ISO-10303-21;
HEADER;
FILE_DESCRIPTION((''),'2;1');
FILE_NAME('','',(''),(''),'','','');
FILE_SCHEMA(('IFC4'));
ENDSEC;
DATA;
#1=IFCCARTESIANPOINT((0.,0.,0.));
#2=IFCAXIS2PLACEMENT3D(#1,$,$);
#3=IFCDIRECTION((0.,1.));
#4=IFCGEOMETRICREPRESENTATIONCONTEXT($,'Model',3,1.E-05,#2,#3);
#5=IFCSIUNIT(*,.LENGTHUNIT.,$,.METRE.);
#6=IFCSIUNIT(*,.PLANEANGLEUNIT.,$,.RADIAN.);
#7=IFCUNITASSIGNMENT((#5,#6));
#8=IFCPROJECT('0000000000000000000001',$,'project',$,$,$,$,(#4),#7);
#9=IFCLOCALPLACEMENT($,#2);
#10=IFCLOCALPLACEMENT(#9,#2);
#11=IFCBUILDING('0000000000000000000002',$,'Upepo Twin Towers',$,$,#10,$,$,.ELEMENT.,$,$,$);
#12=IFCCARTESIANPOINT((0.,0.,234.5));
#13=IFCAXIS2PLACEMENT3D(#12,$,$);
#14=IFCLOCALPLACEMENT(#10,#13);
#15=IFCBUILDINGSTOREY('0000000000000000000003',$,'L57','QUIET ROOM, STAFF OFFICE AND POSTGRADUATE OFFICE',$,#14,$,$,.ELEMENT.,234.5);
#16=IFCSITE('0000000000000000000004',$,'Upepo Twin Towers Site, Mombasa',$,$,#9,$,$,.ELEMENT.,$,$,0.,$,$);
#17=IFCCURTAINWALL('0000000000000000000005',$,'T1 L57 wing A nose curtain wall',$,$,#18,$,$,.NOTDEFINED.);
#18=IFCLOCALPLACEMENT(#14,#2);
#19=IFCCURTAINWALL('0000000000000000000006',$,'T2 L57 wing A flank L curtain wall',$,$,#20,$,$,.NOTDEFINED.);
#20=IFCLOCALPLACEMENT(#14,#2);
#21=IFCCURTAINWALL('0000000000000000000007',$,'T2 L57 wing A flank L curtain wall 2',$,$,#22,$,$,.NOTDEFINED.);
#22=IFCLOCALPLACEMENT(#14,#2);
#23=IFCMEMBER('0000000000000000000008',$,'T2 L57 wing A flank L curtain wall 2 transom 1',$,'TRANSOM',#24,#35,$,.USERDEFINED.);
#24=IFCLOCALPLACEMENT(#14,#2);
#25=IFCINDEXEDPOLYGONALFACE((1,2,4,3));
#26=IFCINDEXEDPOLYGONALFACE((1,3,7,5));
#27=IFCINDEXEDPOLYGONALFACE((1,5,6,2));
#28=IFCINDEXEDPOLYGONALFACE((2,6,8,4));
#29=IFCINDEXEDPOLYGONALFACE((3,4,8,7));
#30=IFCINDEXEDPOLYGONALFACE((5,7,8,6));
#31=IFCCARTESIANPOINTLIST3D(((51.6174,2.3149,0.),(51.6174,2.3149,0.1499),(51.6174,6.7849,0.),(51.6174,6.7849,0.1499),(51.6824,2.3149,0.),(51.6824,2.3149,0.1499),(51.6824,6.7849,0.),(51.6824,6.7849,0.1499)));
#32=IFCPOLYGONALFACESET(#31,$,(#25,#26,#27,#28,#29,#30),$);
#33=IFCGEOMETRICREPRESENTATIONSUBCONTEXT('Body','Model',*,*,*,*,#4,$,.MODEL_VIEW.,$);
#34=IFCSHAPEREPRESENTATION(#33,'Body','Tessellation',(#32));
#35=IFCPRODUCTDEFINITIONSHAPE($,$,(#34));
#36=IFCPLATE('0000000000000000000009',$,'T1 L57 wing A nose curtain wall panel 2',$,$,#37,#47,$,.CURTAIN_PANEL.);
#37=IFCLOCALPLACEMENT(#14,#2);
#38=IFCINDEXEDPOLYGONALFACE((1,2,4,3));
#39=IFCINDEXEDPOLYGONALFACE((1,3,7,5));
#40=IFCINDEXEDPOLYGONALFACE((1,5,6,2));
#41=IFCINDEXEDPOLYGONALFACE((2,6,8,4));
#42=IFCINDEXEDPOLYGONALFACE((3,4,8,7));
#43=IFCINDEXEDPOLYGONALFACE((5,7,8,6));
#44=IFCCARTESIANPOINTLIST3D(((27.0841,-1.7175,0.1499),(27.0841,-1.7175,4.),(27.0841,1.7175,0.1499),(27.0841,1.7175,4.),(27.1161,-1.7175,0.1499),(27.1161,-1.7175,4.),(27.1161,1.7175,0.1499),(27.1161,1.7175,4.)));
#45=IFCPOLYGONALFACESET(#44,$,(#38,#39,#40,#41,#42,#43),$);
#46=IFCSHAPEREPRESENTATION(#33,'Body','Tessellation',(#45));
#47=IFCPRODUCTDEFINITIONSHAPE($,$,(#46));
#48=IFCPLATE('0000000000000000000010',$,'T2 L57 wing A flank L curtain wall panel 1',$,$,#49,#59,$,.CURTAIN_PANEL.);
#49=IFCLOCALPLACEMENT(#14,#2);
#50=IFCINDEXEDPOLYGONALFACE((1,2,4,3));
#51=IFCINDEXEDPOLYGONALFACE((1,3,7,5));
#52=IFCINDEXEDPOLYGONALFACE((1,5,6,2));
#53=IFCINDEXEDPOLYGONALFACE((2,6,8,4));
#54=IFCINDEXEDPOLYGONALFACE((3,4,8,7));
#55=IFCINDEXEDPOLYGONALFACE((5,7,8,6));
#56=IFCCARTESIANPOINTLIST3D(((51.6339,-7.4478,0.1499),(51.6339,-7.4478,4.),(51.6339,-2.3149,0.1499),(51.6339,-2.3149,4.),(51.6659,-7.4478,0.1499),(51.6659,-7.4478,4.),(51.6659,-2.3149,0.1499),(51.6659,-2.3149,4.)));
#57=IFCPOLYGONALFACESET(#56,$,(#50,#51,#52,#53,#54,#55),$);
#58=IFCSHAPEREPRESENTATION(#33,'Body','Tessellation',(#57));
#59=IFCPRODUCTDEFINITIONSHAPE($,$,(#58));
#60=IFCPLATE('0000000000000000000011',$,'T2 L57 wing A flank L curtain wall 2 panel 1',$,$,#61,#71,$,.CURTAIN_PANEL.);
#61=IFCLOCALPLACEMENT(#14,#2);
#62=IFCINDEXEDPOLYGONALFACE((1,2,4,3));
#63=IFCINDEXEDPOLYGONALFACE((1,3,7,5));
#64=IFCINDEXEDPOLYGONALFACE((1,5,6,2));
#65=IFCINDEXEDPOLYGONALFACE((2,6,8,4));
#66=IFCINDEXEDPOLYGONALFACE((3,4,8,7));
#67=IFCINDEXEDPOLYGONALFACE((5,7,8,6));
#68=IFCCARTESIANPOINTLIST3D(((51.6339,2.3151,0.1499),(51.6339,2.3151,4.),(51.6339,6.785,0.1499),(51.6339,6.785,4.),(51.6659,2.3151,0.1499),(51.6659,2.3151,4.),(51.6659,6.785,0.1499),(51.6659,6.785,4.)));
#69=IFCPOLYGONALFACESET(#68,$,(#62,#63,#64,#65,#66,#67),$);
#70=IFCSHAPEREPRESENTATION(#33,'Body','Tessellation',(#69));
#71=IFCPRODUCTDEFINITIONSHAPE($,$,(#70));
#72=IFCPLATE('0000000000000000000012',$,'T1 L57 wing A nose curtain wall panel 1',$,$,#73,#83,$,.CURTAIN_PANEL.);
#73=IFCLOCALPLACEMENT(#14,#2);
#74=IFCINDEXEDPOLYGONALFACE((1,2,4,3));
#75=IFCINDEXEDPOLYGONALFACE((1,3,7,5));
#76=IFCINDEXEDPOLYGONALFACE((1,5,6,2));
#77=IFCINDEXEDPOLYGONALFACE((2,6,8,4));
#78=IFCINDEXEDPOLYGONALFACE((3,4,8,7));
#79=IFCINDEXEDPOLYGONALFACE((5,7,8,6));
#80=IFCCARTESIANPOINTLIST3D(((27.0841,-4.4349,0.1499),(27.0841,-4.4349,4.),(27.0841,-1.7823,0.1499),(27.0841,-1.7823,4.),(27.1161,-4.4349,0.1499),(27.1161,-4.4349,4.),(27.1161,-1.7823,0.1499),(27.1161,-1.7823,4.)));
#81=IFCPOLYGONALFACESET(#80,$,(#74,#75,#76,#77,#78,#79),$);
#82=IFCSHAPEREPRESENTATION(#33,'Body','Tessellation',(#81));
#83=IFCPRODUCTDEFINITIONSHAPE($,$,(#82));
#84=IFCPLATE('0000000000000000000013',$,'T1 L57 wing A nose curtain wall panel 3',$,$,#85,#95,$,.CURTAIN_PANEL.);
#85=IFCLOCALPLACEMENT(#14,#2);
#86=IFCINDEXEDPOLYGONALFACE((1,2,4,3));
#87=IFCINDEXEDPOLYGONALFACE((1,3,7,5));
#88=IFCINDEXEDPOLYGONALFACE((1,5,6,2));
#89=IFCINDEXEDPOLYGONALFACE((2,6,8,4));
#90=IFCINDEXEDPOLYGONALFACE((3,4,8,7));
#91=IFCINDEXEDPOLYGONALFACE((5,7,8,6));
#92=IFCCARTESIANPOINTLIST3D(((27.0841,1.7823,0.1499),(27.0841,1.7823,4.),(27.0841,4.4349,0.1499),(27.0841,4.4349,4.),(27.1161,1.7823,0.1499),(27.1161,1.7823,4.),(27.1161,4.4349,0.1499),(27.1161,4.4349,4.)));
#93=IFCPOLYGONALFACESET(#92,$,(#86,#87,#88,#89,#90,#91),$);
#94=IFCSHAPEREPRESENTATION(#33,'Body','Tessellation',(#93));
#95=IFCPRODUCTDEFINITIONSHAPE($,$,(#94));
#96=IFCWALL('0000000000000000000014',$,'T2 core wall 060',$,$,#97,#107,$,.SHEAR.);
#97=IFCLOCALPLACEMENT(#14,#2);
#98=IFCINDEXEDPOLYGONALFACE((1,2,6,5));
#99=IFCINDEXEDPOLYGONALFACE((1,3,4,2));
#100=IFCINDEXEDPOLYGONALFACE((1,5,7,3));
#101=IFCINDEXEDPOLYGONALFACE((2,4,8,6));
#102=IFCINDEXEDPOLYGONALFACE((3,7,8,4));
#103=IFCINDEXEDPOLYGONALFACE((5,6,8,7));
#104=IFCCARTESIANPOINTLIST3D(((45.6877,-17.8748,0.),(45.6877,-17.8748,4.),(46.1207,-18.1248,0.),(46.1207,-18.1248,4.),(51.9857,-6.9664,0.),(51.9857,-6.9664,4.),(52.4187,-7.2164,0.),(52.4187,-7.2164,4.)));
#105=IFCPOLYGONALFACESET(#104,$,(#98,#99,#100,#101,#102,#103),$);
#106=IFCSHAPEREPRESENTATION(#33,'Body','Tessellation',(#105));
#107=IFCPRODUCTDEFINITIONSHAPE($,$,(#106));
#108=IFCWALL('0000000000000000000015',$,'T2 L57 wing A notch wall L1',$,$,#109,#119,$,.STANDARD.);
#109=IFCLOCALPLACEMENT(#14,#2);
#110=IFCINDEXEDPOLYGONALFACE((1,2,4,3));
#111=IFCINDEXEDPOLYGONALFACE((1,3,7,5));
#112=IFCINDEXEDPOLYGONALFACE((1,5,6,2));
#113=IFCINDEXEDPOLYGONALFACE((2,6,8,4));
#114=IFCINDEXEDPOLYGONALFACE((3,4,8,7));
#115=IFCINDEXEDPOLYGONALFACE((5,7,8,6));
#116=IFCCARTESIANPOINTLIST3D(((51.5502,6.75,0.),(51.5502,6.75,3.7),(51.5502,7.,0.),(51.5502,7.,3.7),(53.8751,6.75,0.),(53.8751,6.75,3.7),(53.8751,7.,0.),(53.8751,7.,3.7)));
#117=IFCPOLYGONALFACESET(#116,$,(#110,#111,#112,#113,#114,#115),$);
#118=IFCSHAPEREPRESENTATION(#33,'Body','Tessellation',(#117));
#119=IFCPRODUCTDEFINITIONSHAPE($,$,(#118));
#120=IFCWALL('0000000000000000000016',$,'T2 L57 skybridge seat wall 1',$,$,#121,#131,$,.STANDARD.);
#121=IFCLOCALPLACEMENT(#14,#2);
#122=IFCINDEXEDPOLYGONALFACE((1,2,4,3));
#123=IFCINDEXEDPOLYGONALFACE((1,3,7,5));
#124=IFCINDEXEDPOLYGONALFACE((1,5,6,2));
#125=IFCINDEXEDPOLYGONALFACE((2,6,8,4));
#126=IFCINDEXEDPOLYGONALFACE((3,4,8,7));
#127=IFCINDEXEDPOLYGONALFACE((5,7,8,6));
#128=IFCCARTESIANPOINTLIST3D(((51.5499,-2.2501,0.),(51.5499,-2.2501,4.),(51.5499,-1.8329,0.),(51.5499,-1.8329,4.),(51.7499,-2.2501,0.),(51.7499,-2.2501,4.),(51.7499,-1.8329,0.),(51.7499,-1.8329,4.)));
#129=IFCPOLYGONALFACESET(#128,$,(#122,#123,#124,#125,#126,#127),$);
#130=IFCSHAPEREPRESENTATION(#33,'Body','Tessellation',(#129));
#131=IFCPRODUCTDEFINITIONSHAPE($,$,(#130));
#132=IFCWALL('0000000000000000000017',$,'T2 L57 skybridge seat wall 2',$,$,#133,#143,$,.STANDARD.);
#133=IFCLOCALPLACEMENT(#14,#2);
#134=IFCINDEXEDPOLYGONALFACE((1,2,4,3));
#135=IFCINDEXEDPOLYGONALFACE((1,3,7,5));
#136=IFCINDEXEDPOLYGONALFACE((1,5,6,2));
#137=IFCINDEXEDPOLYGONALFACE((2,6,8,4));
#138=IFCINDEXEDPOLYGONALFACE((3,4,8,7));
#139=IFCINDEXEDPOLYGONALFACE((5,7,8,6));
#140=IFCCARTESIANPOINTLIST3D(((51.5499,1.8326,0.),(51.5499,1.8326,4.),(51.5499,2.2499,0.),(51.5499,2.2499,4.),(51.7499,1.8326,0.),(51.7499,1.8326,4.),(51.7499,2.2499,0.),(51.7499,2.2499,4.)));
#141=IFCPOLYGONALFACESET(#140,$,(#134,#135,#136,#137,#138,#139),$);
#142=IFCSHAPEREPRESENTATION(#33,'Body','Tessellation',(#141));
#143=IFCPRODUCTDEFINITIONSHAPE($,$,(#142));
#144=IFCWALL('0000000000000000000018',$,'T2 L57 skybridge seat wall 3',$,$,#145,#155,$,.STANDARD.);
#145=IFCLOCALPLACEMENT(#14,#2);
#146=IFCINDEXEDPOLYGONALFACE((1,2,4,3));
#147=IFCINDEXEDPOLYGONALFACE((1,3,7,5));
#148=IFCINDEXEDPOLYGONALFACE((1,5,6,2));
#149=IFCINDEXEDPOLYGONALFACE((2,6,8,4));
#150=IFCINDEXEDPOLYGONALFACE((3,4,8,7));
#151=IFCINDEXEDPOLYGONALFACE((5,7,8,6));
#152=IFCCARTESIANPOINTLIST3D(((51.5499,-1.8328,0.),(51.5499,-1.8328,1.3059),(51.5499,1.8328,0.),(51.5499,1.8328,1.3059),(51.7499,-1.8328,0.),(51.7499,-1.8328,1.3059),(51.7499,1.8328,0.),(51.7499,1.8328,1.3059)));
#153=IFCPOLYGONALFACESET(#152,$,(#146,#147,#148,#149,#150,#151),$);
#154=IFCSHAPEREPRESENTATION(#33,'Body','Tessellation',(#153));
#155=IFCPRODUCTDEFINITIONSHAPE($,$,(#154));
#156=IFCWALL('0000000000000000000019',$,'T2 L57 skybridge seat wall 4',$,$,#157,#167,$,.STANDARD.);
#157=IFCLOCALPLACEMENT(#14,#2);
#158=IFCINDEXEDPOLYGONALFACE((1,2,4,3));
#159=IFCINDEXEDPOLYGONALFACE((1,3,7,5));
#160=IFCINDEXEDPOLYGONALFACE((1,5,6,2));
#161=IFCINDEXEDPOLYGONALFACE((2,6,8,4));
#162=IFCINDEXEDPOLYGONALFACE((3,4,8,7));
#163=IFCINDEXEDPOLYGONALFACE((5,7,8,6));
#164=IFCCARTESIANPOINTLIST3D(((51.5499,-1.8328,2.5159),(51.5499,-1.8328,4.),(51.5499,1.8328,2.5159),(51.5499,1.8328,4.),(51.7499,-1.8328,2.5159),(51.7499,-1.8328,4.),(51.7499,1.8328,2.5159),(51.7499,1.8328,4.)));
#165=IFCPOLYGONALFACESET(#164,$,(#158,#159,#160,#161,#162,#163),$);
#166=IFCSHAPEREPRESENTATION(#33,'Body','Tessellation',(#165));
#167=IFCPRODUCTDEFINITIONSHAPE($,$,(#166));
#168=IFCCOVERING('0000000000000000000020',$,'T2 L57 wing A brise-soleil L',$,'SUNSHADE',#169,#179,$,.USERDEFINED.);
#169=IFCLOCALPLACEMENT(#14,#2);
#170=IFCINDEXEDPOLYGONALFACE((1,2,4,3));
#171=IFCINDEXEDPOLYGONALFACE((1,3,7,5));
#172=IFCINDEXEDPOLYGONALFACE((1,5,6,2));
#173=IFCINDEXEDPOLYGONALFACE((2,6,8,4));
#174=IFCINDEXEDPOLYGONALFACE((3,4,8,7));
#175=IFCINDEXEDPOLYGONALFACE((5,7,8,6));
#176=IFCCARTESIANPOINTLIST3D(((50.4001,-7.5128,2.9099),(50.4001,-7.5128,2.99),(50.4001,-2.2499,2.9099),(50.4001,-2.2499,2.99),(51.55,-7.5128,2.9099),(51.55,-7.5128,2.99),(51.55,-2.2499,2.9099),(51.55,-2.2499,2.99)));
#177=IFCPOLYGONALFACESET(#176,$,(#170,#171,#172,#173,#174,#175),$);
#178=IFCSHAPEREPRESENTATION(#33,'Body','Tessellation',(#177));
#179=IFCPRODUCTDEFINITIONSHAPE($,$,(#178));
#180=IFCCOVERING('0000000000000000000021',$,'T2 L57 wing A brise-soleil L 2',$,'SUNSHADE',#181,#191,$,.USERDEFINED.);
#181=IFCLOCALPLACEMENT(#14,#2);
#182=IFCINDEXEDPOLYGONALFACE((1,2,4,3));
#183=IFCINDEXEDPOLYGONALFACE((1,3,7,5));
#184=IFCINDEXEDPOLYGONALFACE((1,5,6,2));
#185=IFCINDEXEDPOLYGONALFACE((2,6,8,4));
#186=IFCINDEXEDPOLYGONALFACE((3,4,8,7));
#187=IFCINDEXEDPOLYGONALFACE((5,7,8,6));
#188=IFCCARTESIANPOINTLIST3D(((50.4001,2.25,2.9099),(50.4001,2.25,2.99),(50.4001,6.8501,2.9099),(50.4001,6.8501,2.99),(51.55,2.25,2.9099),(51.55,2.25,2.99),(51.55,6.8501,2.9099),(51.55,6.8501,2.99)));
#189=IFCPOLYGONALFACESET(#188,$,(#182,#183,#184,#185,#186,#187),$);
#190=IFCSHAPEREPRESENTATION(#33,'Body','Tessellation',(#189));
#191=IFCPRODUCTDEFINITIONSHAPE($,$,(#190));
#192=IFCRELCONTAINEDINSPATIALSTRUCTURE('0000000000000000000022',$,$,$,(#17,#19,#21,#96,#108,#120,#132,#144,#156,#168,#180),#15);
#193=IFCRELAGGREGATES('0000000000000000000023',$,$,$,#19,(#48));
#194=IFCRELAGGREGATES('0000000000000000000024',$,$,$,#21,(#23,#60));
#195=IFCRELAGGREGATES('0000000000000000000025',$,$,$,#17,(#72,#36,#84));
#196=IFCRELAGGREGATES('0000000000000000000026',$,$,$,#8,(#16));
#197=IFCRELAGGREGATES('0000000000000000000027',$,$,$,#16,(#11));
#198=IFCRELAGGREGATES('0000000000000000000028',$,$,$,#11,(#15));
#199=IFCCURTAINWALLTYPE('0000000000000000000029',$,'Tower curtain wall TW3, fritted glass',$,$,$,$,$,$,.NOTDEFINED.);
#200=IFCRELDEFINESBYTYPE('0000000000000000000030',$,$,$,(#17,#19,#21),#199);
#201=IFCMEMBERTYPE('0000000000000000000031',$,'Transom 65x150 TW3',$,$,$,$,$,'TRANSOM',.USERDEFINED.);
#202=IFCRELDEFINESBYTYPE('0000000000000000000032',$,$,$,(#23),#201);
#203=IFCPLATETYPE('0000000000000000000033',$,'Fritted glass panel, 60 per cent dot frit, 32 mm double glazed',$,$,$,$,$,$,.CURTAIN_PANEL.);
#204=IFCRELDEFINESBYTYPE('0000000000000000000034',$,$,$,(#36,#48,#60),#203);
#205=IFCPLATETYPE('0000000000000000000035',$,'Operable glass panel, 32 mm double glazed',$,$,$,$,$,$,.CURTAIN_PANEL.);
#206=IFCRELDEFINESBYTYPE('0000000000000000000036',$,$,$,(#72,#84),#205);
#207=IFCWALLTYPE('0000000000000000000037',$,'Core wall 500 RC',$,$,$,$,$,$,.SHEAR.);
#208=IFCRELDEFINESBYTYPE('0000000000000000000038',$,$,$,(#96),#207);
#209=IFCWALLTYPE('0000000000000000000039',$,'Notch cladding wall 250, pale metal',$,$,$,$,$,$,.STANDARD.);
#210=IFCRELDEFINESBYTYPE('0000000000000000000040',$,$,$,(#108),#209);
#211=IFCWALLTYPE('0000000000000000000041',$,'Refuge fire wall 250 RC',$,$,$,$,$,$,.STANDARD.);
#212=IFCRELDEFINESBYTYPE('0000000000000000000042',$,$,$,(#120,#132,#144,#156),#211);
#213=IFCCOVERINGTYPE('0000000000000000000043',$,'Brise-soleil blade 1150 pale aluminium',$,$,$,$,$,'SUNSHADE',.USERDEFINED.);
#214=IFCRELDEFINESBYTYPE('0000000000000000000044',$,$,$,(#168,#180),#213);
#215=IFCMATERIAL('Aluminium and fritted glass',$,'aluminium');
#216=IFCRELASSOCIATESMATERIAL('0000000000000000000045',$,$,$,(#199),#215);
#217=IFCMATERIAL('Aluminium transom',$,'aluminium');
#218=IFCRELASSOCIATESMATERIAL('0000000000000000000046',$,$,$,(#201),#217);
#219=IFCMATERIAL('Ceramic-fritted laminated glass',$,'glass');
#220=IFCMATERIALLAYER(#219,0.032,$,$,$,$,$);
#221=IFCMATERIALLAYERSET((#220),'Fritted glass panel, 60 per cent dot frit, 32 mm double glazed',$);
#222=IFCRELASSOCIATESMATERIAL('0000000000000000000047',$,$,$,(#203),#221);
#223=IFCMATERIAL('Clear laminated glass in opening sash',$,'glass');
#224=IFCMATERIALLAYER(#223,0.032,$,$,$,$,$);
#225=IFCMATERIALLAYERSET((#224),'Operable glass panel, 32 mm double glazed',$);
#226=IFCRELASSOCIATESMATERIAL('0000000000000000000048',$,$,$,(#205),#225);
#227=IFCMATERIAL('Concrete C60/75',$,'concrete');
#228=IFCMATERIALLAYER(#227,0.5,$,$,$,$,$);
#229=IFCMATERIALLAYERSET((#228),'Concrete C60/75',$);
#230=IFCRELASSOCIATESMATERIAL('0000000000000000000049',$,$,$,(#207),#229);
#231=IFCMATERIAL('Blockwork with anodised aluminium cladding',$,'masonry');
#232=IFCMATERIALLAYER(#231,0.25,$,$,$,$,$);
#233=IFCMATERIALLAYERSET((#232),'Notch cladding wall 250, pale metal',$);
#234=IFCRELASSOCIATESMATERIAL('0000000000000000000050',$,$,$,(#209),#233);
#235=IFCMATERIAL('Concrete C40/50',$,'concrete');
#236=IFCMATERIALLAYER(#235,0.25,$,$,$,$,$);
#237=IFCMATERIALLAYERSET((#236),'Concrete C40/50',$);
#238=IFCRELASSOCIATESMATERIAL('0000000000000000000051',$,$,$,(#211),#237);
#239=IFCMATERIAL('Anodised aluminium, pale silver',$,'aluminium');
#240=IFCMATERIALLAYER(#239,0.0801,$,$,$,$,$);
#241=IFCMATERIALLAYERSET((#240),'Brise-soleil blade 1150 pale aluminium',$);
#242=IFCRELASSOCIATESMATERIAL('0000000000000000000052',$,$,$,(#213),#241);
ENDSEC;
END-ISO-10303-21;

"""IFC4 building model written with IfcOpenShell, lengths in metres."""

from ifc_helpers import new_model, si_unit, direction, frame, frame_2d, origin, origin_2d, place, context, subcontext, project, spatial, rectangle, extrude, material, layer, layer_set, material_profile, profile_set, type_object, element, aggregate, save


model = new_model("IFC4")

# Units and contexts
model_context = context("Model", 3, precision=1e-05, world=origin(), true_north=direction((0.0, 1.0)))
body_context = subcontext(model_context, "Body", "Model", "MODEL_VIEW")
ifc_project = project(units=[si_unit("LENGTHUNIT", "METRE"), si_unit("PLANEANGLEUNIT", "RADIAN")], contexts=[model_context])

# Site, building, storey
site_placement = place(None, origin())
site = spatial("IfcSite", under=ifc_project, at=site_placement, Name="Upepo Twin Towers Site, Mombasa", CompositionType="ELEMENT", RefElevation=0.0)
building_placement = place(site_placement, origin())
building = spatial("IfcBuilding", under=site, at=building_placement, Name="Upepo Twin Towers", CompositionType="ELEMENT")
storey_placement = place(building_placement, frame((0.0, 0.0, 234.5)))
storey = spatial("IfcBuildingStorey", under=building, at=storey_placement, Name="L57", Description="QUIET ROOM, STAFF OFFICE AND POSTGRADUATE OFFICE", CompositionType="ELEMENT", Elevation=234.5)

# Curtain wall
ifc_material_1 = material(Name="Aluminium and fritted glass", Category="aluminium")
curtain_wall_type = type_object("IfcCurtainWallType", Name="Tower curtain wall TW3, fritted glass", PredefinedType="NOTDEFINED", material=ifc_material_1)
curtain_wall_1_placement = place(storey_placement, origin())
curtain_wall_1 = element("IfcCurtainWall", 1, at=curtain_wall_1_placement, inside=storey, type_object=curtain_wall_type, Name="T1 L57 wing A nose curtain wall", PredefinedType="NOTDEFINED")

# Curtain walls
curtain_wall_2_placement = place(storey_placement, origin())
curtain_wall_2 = element("IfcCurtainWall", 2, at=curtain_wall_2_placement, inside=storey, type_object=curtain_wall_type, Name="T2 L57 wing A flank L curtain wall", PredefinedType="NOTDEFINED")
curtain_wall_3_placement = place(storey_placement, origin())
curtain_wall_3 = element("IfcCurtainWall", 3, at=curtain_wall_3_placement, inside=storey, type_object=curtain_wall_type, Name="T2 L57 wing A flank L curtain wall 2", PredefinedType="NOTDEFINED")

# Member
ifc_material_2 = material(Name="Aluminium transom", Category="aluminium")
ifc_material_profile_1 = material_profile(ifc_material_2, rectangle(XDim=0.0649, YDim=0.1499, at=origin_2d()), Name="TRANSOM 65x150")
ifc_profile_set_1 = profile_set([ifc_material_profile_1], Name="Aluminium transom")
member_type_1 = type_object("IfcMemberType", Name="Transom 65x150 TW3", ElementType="TRANSOM", PredefinedType="USERDEFINED", material=ifc_profile_set_1)
member_1_placement = place(storey_placement, frame((51.6499, 2.3149, 0.075), z_axis=(0.0, 1.0, 0.0), x_axis=(-1.0, 0.0, 0.0)))
member_1 = element("IfcMember", 4, at=member_1_placement, type_object=member_type_1, Name="T2 L57 wing A flank L curtain wall 2 transom 1", ObjectType="TRANSOM", PredefinedType="USERDEFINED", context=body_context, shape_type="SweptSolid", body=[
    extrude(rectangle(XDim=0.0649, YDim=0.1499, at=origin_2d()), origin(), (0.0, 0.0, 1.0), 4.47),
])

# Plates
ifc_material_3 = material(Name="Ceramic-fritted laminated glass", Category="glass")
ifc_layer_1 = layer(ifc_material_3, 0.032)
ifc_layer_set_1 = layer_set([ifc_layer_1], Name="Fritted glass panel, 60 per cent dot frit, 32 mm double glazed")
plate_type_1 = type_object("IfcPlateType", Name="Fritted glass panel, 60 per cent dot frit, 32 mm double glazed", PredefinedType="CURTAIN_PANEL", material=ifc_layer_set_1)
plate_1_placement = place(storey_placement, frame((27.1001, 0.0, 0.1499), z_axis=(0.0, 0.0, 1.0), x_axis=(0.0, 1.0, 0.0)))
plate_1 = element("IfcPlate", 5, at=plate_1_placement, type_object=plate_type_1, Name="T1 L57 wing A nose curtain wall panel 2", PredefinedType="CURTAIN_PANEL", context=body_context, shape_type="SweptSolid", body=[
    extrude(rectangle(XDim=3.4351, YDim=0.032, at=origin_2d()), origin(), (0.0, 0.0, 1.0), 3.8501),
])
plate_2_placement = place(storey_placement, frame((51.6499, -4.8813, 0.1499), z_axis=(0.0, 0.0, 1.0), x_axis=(0.0, 1.0, 0.0)))
plate_2 = element("IfcPlate", 6, at=plate_2_placement, type_object=plate_type_1, Name="T2 L57 wing A flank L curtain wall panel 1", PredefinedType="CURTAIN_PANEL", context=body_context, shape_type="SweptSolid", body=[
    extrude(rectangle(XDim=5.1328, YDim=0.032, at=origin_2d()), origin(), (0.0, 0.0, 1.0), 3.8501),
])
aggregate(curtain_wall_2, [plate_2])
plate_3_placement = place(storey_placement, frame((51.6499, 4.55, 0.1499), z_axis=(0.0, 0.0, 1.0), x_axis=(0.0, 1.0, 0.0)))
plate_3 = element("IfcPlate", 7, at=plate_3_placement, type_object=plate_type_1, Name="T2 L57 wing A flank L curtain wall 2 panel 1", PredefinedType="CURTAIN_PANEL", context=body_context, shape_type="SweptSolid", body=[
    extrude(rectangle(XDim=4.47, YDim=0.032, at=origin_2d()), origin(), (0.0, 0.0, 1.0), 3.8501),
])
aggregate(curtain_wall_3, [member_1, plate_3])
ifc_material_4 = material(Name="Clear laminated glass in opening sash", Category="glass")
ifc_layer_2 = layer(ifc_material_4, 0.032)
ifc_layer_set_2 = layer_set([ifc_layer_2], Name="Operable glass panel, 32 mm double glazed")
plate_type_2 = type_object("IfcPlateType", Name="Operable glass panel, 32 mm double glazed", PredefinedType="CURTAIN_PANEL", material=ifc_layer_set_2)
plate_4_placement = place(storey_placement, frame((27.1001, -3.1086, 0.1499), z_axis=(0.0, 0.0, 1.0), x_axis=(0.0, 1.0, 0.0)))
plate_4 = element("IfcPlate", 8, at=plate_4_placement, type_object=plate_type_2, Name="T1 L57 wing A nose curtain wall panel 1", PredefinedType="CURTAIN_PANEL", context=body_context, shape_type="SweptSolid", body=[
    extrude(rectangle(XDim=2.6526, YDim=0.032, at=origin_2d()), origin(), (0.0, 0.0, 1.0), 3.8501),
])
plate_5_placement = place(storey_placement, frame((27.1001, 3.1086, 0.1499), z_axis=(0.0, 0.0, 1.0), x_axis=(0.0, 1.0, 0.0)))
plate_5 = element("IfcPlate", 9, at=plate_5_placement, type_object=plate_type_2, Name="T1 L57 wing A nose curtain wall panel 3", PredefinedType="CURTAIN_PANEL", context=body_context, shape_type="SweptSolid", body=[
    extrude(rectangle(XDim=2.6526, YDim=0.032, at=origin_2d()), origin(), (0.0, 0.0, 1.0), 3.8501),
])
aggregate(curtain_wall_1, [plate_4, plate_1, plate_5])

# Walls
ifc_material_5 = material(Name="Concrete C60/75", Category="concrete")
ifc_layer_3 = layer(ifc_material_5, 0.5)
ifc_layer_set_3 = layer_set([ifc_layer_3], Name="Concrete C60/75")
wall_type_1 = type_object("IfcWallType", Name="Core wall 500 RC", PredefinedType="SHEAR", material=ifc_layer_set_3)
wall_1_placement = place(storey_placement, frame((52.2021, -7.0916, 0.0), z_axis=(0.0, 0.0, 1.0), x_axis=(-0.500006, -0.866022, 0.0)))
element("IfcWall", 10, at=wall_1_placement, inside=storey, type_object=wall_type_1, Name="T2 core wall 060", PredefinedType="SHEAR", context=body_context, shape_type="SweptSolid", body=[
    extrude(rectangle(XDim=12.5959, YDim=0.5, at=frame_2d((6.2979, 0.0))), origin(), (0.0, 0.0, 1.0), 4.0),
])
ifc_material_6 = material(Name="Blockwork with anodised aluminium cladding", Category="masonry")
ifc_layer_4 = layer(ifc_material_6, 0.25)
ifc_layer_set_4 = layer_set([ifc_layer_4], Name="Notch cladding wall 250, pale metal")
wall_type_2 = type_object("IfcWallType", Name="Notch cladding wall 250, pale metal", PredefinedType="STANDARD", material=ifc_layer_set_4)
wall_2_placement = place(storey_placement, frame((51.55, 6.875, 0.0), z_axis=(0.0, 0.0, 1.0), x_axis=(1.0, 0.0, 0.0)))
element("IfcWall", 11, at=wall_2_placement, inside=storey, type_object=wall_type_2, Name="T2 L57 wing A notch wall L1", PredefinedType="STANDARD", context=body_context, shape_type="SweptSolid", body=[
    extrude(rectangle(XDim=2.325, YDim=0.25, at=frame_2d((1.1626, 0.0))), origin(), (0.0, 0.0, 1.0), 3.7),
])
ifc_material_7 = material(Name="Concrete C40/50", Category="concrete")
ifc_layer_5 = layer(ifc_material_7, 0.25)
ifc_layer_set_5 = layer_set([ifc_layer_5], Name="Concrete C40/50")
wall_type_3 = type_object("IfcWallType", Name="Refuge fire wall 250 RC", PredefinedType="STANDARD", material=ifc_layer_set_5)
for number, where, z_axis, x_axis, name in (
    (12, (51.6499, -2.25, 0.0), (0.0, 0.0, 1.0), (0.0, 1.0, 0.0), "T2 L57 skybridge seat wall 1"),
    (13, (51.6499, 1.8328, 0.0), (0.0, 0.0, 1.0), (0.0, 1.0, 0.0), "T2 L57 skybridge seat wall 2"),
):
    element("IfcWall", number, at=place(storey_placement, frame(where, z_axis=z_axis, x_axis=x_axis)), inside=storey, type_object=wall_type_3, Name=name, PredefinedType="STANDARD", context=body_context, shape_type="SweptSolid", body=[
        extrude(rectangle(XDim=0.4172, YDim=0.2, at=frame_2d((0.2085, 0.0))), origin(), (0.0, 0.0, 1.0), 4.0),
    ])
wall_3_placement = place(storey_placement, frame((51.6499, -1.8328, 0.0), z_axis=(0.0, 0.0, 1.0), x_axis=(0.0, 1.0, 0.0)))
element("IfcWall", 14, at=wall_3_placement, inside=storey, type_object=wall_type_3, Name="T2 L57 skybridge seat wall 3", PredefinedType="STANDARD", context=body_context, shape_type="SweptSolid", body=[
    extrude(rectangle(XDim=3.6655, YDim=0.2, at=frame_2d((1.8328, 0.0))), origin(), (0.0, 0.0, 1.0), 1.3059),
])
wall_4_placement = place(storey_placement, frame((51.6499, -1.8328, 2.5159), z_axis=(0.0, 0.0, 1.0), x_axis=(0.0, 1.0, 0.0)))
element("IfcWall", 15, at=wall_4_placement, inside=storey, type_object=wall_type_3, Name="T2 L57 skybridge seat wall 4", PredefinedType="STANDARD", context=body_context, shape_type="SweptSolid", body=[
    extrude(rectangle(XDim=3.6655, YDim=0.2, at=frame_2d((1.8328, 0.0))), origin(), (0.0, 0.0, 1.0), 1.4841),
])

# Coverings
ifc_material_8 = material(Name="Anodised aluminium, pale silver", Category="aluminium")
ifc_layer_6 = layer(ifc_material_8, 0.0801)
ifc_layer_set_6 = layer_set([ifc_layer_6], Name="Brise-soleil blade 1150 pale aluminium")
covering_type = type_object("IfcCoveringType", Name="Brise-soleil blade 1150 pale aluminium", ElementType="SUNSHADE", PredefinedType="USERDEFINED", material=ifc_layer_set_6)
covering_1_placement = place(storey_placement, frame((50.9751, -4.8813, 2.9099), z_axis=(0.0, 0.0, 1.0), x_axis=(0.0, 1.0, 0.0)))
element("IfcCovering", 16, at=covering_1_placement, inside=storey, type_object=covering_type, Name="T2 L57 wing A brise-soleil L", ObjectType="SUNSHADE", PredefinedType="USERDEFINED", context=body_context, shape_type="SweptSolid", body=[
    extrude(rectangle(XDim=5.2629, YDim=1.1499, at=origin_2d()), origin(), (0.0, 0.0, 1.0), 0.0801),
])
covering_2_placement = place(storey_placement, frame((50.9751, 4.55, 2.9099), z_axis=(0.0, 0.0, 1.0), x_axis=(0.0, 1.0, 0.0)))
element("IfcCovering", 17, at=covering_2_placement, inside=storey, type_object=covering_type, Name="T2 L57 wing A brise-soleil L 2", ObjectType="SUNSHADE", PredefinedType="USERDEFINED", context=body_context, shape_type="SweptSolid", body=[
    extrude(rectangle(XDim=4.6001, YDim=1.1499, at=origin_2d()), origin(), (0.0, 0.0, 1.0), 0.0801),
])

save(model, "model.ifc")
